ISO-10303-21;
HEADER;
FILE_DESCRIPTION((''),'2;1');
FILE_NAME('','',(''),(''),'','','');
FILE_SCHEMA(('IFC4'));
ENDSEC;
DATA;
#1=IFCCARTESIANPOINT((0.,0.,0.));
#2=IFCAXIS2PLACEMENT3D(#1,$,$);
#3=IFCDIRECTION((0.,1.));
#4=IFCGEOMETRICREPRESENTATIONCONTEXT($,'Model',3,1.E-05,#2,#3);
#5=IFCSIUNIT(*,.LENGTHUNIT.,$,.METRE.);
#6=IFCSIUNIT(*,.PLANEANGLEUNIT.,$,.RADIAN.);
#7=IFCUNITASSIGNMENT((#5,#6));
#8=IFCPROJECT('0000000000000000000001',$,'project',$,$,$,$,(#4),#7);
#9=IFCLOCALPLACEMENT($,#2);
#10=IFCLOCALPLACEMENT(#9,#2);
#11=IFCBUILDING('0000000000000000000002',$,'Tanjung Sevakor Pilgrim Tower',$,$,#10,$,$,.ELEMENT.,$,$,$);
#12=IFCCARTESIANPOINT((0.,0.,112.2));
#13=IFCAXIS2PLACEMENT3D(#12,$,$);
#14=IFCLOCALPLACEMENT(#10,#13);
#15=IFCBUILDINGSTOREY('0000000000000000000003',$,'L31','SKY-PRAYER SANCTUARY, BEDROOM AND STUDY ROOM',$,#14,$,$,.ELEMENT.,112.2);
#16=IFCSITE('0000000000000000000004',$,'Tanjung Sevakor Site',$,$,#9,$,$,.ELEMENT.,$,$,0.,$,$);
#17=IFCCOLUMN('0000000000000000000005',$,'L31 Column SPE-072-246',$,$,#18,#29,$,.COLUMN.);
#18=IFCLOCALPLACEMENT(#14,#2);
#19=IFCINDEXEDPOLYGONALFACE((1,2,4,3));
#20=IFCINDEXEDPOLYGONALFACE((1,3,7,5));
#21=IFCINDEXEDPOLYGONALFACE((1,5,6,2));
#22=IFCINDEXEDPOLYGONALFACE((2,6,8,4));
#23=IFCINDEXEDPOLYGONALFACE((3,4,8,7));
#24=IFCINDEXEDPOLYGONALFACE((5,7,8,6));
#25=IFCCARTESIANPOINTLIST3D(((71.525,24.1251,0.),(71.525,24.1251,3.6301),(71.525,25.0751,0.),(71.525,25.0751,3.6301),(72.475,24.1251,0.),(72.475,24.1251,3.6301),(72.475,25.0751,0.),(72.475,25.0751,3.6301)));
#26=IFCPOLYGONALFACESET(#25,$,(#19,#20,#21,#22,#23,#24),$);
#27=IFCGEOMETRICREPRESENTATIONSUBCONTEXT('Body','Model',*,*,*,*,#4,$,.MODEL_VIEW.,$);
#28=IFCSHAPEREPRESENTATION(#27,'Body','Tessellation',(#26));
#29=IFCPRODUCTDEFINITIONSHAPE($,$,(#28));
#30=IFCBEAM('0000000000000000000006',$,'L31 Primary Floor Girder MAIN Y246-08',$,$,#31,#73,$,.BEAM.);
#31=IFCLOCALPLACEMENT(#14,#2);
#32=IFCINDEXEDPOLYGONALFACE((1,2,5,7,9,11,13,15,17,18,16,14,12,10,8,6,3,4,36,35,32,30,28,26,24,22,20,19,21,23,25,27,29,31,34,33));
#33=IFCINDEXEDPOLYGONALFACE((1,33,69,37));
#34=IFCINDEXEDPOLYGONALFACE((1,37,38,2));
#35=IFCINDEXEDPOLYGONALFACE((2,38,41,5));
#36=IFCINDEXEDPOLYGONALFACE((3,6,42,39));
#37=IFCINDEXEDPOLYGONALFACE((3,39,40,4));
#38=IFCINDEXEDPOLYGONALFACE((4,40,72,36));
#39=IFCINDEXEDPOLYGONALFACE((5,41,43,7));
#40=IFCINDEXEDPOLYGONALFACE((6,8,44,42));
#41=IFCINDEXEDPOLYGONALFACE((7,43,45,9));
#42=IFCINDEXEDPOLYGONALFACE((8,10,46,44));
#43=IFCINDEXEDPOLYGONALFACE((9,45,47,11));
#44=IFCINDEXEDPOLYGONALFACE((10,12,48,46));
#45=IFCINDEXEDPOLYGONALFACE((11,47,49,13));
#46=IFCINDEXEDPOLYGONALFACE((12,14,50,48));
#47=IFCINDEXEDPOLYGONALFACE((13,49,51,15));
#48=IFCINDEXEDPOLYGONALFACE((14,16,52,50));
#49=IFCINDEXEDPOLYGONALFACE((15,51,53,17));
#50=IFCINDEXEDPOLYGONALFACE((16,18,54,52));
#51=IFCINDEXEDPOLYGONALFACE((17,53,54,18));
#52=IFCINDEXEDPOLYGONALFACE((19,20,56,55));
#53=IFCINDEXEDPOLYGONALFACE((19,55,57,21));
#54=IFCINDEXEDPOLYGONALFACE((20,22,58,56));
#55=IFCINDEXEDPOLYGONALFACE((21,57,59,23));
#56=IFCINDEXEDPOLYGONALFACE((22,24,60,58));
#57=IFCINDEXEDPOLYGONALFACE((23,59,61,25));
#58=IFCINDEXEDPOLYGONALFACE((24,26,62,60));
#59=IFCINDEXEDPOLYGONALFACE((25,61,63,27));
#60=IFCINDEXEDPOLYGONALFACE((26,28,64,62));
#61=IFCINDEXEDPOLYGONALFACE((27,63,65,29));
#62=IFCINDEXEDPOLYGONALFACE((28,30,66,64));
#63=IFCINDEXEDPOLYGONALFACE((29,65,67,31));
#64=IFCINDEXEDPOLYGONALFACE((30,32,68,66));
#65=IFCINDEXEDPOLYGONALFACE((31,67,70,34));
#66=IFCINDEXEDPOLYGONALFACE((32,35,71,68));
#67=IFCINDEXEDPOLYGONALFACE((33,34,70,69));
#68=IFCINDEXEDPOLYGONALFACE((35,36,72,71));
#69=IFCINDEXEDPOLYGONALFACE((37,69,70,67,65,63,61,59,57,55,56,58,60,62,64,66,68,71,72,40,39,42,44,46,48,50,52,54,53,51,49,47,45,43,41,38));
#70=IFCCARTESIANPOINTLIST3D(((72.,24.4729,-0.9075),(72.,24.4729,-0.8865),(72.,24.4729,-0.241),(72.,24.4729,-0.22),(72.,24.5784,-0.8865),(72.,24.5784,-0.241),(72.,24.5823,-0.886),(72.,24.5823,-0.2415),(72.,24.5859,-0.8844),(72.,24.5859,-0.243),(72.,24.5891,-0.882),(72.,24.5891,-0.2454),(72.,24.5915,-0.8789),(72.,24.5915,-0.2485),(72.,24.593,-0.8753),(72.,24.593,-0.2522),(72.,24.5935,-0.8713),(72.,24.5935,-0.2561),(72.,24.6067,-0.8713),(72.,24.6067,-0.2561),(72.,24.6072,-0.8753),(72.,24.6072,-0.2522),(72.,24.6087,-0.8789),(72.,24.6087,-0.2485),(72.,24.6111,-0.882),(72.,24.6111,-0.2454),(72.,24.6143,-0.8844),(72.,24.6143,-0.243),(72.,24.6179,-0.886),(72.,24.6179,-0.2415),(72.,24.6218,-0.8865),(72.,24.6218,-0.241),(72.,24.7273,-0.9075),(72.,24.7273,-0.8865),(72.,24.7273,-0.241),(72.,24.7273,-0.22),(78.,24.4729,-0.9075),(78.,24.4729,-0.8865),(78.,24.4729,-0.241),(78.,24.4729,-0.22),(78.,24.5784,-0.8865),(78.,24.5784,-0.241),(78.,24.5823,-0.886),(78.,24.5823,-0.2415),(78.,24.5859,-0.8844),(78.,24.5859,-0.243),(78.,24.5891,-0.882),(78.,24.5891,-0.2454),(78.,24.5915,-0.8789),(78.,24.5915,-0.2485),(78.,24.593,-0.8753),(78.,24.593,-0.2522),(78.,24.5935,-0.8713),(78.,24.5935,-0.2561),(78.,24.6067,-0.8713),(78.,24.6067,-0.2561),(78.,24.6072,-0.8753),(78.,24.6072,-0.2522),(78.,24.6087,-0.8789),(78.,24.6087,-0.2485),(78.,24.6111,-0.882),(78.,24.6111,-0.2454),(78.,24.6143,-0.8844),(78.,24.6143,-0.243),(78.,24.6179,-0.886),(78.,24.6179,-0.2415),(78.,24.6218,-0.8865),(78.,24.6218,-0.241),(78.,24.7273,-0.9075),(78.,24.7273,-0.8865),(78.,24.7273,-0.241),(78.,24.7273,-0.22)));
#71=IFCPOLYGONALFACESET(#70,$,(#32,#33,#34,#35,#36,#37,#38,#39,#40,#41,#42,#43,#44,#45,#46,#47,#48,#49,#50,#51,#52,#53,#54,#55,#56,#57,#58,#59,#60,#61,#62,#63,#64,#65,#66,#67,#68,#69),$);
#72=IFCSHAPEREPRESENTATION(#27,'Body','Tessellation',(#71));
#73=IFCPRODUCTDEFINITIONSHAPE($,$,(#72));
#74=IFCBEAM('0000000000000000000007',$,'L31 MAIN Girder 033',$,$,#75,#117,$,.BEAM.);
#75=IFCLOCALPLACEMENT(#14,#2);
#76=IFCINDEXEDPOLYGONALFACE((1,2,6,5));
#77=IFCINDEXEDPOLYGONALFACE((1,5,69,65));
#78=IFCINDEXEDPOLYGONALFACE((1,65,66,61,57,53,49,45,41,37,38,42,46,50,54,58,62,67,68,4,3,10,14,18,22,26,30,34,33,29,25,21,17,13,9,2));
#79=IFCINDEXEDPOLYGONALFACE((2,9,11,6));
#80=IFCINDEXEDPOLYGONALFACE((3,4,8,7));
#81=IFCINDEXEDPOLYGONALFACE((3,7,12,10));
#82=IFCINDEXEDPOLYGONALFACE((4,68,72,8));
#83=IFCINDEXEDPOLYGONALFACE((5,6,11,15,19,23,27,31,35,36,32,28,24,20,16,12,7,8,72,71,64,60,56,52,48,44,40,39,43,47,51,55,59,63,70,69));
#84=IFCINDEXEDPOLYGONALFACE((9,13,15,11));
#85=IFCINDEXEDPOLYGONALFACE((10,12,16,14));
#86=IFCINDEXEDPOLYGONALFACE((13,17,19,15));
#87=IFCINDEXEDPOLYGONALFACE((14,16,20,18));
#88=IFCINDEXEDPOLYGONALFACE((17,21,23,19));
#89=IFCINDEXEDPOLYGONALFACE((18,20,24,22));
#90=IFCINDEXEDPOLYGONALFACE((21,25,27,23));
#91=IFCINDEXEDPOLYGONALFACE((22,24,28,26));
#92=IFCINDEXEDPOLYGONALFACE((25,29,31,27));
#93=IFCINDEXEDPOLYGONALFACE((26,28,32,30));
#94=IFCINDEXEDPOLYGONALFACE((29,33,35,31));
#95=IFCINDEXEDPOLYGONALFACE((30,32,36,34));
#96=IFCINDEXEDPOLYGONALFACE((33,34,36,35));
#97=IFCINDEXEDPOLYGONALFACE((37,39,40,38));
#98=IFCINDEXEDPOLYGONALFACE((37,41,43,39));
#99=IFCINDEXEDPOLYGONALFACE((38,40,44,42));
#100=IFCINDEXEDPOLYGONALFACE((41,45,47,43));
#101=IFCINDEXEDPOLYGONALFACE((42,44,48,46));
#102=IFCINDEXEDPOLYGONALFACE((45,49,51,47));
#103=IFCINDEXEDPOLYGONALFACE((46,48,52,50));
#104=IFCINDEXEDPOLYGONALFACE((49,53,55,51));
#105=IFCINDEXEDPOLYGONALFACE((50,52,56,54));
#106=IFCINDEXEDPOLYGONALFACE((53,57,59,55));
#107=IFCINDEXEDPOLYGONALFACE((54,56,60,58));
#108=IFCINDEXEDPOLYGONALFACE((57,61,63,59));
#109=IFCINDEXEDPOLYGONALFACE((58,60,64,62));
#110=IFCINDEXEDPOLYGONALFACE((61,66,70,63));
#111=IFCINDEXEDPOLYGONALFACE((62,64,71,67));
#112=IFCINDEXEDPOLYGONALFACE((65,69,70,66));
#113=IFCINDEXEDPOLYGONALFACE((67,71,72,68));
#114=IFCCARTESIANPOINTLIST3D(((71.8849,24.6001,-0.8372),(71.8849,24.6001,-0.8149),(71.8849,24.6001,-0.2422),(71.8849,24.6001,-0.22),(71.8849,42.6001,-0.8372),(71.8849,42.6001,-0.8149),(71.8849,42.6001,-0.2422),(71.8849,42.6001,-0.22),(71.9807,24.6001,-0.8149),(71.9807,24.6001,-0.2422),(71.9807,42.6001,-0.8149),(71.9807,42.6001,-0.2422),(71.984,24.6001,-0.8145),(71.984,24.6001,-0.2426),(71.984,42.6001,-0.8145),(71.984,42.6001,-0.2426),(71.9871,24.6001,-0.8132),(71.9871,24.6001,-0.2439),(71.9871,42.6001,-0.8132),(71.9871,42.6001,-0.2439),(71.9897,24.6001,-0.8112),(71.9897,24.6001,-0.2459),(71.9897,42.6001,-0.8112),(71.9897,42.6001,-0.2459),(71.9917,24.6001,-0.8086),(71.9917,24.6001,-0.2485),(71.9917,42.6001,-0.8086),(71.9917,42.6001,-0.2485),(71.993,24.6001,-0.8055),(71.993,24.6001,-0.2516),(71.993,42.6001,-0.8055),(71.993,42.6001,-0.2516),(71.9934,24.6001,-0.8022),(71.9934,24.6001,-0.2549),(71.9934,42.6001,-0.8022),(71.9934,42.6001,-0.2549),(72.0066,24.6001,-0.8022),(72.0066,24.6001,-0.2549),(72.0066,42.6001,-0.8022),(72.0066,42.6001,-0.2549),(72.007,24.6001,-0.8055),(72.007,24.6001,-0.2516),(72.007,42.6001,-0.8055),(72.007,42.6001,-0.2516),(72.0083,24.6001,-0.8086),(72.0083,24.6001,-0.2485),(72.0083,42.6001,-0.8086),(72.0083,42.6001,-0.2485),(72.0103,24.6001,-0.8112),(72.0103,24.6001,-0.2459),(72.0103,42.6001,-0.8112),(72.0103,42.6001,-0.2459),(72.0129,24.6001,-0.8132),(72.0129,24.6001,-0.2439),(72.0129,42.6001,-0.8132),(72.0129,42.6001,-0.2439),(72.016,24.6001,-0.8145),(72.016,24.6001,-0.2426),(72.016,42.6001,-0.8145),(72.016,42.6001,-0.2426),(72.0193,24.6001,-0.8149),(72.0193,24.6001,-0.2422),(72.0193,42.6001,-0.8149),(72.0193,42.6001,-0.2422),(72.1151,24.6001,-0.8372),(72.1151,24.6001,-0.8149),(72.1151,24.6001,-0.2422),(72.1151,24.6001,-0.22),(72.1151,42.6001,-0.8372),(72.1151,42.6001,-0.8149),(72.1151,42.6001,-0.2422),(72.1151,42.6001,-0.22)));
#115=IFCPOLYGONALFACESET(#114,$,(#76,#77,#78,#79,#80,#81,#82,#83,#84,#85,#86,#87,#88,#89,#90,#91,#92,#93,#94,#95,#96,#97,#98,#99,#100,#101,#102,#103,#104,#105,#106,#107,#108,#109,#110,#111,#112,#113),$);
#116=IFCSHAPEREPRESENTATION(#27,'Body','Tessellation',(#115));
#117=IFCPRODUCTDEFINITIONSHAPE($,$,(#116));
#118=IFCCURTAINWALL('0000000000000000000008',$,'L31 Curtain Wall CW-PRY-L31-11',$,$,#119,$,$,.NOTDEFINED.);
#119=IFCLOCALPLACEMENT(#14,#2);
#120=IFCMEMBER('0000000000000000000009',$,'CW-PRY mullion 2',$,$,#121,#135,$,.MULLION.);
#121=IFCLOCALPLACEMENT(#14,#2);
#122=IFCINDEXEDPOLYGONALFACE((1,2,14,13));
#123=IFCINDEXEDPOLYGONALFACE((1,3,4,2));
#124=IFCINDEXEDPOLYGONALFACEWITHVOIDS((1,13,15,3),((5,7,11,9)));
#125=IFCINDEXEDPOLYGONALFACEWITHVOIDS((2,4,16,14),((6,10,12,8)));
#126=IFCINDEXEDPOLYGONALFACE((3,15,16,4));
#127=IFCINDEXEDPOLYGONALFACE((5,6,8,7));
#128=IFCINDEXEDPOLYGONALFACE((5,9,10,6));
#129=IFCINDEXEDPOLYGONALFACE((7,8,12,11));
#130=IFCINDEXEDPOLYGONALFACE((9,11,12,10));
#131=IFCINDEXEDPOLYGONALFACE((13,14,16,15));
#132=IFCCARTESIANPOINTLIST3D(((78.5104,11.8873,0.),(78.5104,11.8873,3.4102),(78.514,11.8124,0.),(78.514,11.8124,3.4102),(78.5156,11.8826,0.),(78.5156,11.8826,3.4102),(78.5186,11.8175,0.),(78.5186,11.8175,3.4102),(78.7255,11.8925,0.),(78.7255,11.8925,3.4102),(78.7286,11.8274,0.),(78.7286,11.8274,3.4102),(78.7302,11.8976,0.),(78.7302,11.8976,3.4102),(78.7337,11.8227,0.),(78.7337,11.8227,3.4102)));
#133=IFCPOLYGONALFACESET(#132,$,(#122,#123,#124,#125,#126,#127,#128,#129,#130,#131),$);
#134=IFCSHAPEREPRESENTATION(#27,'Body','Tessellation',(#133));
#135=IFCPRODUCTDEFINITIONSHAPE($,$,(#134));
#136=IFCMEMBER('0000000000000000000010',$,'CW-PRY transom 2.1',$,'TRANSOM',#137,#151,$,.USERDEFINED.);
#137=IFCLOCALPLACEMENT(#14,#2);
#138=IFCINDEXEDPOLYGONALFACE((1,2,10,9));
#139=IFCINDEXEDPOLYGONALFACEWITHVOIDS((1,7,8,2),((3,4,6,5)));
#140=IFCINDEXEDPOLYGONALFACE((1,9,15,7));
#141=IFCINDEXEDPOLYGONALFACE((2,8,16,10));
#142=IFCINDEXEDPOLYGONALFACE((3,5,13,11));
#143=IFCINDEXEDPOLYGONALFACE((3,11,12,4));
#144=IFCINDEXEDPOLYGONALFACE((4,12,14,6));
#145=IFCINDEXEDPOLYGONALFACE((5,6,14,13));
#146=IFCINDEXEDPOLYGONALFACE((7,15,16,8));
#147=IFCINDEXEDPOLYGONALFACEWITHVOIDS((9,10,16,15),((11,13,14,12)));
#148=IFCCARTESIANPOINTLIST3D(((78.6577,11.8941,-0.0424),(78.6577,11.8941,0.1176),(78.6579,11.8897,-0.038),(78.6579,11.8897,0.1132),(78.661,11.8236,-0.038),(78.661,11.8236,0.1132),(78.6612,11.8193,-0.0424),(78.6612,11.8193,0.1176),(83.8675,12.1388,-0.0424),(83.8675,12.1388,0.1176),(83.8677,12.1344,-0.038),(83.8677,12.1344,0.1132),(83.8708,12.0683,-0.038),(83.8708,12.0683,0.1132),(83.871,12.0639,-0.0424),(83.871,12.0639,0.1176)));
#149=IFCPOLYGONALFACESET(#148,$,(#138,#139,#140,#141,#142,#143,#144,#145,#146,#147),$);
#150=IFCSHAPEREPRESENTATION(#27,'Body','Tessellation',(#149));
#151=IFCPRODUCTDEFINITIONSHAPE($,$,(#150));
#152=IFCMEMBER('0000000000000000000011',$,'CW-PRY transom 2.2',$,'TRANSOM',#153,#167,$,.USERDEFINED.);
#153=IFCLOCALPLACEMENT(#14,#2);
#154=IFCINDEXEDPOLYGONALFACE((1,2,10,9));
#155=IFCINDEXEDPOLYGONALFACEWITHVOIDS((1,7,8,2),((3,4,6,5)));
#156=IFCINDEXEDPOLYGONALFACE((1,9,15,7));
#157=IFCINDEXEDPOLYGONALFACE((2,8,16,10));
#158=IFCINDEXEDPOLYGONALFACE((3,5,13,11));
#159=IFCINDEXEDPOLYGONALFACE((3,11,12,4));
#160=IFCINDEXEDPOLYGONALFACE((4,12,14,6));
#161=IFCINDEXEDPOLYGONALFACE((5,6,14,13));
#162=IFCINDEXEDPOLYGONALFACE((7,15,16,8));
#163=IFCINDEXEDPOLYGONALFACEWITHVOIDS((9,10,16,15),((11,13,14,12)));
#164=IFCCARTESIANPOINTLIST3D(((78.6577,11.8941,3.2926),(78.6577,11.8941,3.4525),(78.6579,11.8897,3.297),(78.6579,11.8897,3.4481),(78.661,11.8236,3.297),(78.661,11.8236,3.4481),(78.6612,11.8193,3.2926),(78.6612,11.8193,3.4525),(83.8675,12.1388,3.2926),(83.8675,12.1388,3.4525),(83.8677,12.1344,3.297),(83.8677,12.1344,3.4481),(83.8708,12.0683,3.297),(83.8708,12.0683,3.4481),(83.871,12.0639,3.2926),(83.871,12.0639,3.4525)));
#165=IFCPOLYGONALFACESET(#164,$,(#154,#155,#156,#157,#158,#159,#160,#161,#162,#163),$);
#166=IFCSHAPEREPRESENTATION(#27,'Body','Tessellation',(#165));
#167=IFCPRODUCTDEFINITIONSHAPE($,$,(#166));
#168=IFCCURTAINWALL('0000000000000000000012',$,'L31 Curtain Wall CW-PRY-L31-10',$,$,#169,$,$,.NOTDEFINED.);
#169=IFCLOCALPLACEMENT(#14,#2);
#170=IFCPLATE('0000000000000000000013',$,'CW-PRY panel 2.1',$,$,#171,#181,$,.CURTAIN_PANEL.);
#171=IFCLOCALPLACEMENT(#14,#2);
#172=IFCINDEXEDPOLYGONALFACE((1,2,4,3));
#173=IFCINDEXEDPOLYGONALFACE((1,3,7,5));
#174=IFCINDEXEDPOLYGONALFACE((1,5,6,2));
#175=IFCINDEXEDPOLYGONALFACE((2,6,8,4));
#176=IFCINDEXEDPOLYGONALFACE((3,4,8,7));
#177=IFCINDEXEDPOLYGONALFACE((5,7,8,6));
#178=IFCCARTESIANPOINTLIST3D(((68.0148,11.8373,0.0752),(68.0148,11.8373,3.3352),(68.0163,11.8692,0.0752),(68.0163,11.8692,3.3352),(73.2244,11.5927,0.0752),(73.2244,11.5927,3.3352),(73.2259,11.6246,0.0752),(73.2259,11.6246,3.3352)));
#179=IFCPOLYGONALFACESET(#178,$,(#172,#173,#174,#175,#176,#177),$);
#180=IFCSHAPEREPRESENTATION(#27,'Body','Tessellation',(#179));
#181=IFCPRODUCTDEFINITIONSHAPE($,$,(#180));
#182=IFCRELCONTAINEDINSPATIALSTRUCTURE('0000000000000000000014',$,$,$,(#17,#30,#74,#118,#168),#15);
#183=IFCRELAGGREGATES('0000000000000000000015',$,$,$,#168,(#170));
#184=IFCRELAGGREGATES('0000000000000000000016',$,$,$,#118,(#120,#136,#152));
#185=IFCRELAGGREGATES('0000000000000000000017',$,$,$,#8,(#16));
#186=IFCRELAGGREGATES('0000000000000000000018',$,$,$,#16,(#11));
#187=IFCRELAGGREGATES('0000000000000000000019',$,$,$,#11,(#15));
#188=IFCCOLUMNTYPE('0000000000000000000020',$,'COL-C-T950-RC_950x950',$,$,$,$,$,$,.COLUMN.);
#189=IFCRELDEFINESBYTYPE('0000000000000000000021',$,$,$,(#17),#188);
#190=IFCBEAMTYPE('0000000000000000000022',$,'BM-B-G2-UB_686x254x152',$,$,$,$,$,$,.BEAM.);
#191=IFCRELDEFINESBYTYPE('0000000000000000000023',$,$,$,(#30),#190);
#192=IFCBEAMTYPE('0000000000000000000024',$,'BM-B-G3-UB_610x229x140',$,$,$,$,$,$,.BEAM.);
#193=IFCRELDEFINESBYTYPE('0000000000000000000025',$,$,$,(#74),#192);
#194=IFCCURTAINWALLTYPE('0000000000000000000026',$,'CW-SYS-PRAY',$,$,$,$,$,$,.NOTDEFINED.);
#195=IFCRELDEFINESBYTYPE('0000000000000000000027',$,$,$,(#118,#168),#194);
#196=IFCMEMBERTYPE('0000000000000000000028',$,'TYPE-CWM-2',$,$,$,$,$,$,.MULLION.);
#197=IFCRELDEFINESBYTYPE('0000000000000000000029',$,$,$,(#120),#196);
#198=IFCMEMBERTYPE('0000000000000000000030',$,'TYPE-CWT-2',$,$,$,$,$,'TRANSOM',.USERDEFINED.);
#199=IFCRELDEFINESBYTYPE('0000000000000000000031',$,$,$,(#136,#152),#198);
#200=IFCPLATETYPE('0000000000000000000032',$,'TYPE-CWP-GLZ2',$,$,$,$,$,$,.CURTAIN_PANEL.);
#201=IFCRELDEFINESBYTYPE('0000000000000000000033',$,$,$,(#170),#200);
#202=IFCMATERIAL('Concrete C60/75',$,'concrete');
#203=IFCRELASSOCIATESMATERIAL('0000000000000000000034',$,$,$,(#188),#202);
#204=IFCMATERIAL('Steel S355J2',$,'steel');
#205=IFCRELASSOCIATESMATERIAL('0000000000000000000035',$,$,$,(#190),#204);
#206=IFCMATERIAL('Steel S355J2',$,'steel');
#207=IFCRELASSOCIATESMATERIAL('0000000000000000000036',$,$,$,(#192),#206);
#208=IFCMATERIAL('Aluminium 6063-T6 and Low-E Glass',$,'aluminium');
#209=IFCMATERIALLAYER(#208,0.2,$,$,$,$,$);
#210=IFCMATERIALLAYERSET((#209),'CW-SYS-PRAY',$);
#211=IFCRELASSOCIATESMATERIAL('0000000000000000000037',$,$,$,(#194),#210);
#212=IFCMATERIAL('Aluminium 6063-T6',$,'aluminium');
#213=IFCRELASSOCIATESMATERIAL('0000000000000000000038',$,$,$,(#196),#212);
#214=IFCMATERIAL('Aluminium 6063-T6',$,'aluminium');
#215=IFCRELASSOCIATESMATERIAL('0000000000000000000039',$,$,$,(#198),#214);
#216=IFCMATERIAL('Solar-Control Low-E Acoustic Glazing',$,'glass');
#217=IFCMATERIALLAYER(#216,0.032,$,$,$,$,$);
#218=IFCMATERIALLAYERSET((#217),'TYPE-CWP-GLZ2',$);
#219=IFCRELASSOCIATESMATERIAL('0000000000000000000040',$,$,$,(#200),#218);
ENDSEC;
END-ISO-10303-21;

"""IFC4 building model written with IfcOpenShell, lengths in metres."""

from ifc_helpers import new_model, si_unit, direction, frame, origin, origin_2d, place, context, subcontext, project, spatial, rectangle, hollow_rectangle, i_section, extrude, material, layer, layer_set, material_profile, profile_set, type_object, element, aggregate, save


model = new_model("IFC4")

# Units and contexts
model_context = context("Model", 3, precision=1e-05, world=origin(), true_north=direction((0.0, 1.0)))
body_context = subcontext(model_context, "Body", "Model", "MODEL_VIEW")
ifc_project = project(units=[si_unit("LENGTHUNIT", "METRE"), si_unit("PLANEANGLEUNIT", "RADIAN")], contexts=[model_context])

# Site, building, storey
site_placement = place(None, origin())
site = spatial("IfcSite", under=ifc_project, at=site_placement, Name="Tanjung Sevakor Site", CompositionType="ELEMENT", RefElevation=0.0)
building_placement = place(site_placement, origin())
building = spatial("IfcBuilding", under=site, at=building_placement, Name="Tanjung Sevakor Pilgrim Tower", CompositionType="ELEMENT")
storey_placement = place(building_placement, frame((0.0, 0.0, 112.2)))
storey = spatial("IfcBuildingStorey", under=building, at=storey_placement, Name="L31", Description="SKY-PRAYER SANCTUARY, BEDROOM AND STUDY ROOM", CompositionType="ELEMENT", Elevation=112.2)

# Column
ifc_material_1 = material(Name="Concrete C60/75", Category="concrete")
ifc_material_profile_1 = material_profile(ifc_material_1, rectangle(XDim=0.95, YDim=0.95, at=origin_2d()))
ifc_profile_set_1 = profile_set([ifc_material_profile_1], Name="Concrete C60/75")
column_type = type_object("IfcColumnType", Name="COL-C-T950-RC_950x950", PredefinedType="COLUMN", material=ifc_profile_set_1)
column_placement = place(storey_placement, frame((72.0, 24.6001, 0.0), z_axis=(0.0, 0.0, 1.0), x_axis=(1.0, 0.0, 0.0)))
element("IfcColumn", 1, at=column_placement, inside=storey, type_object=column_type, Name="L31 Column SPE-072-246", PredefinedType="COLUMN", context=body_context, shape_type="SweptSolid", body=[
    extrude(rectangle(XDim=0.95, YDim=0.95, at=origin_2d()), origin(), (0.0, 0.0, 1.0), 3.6301),
])

# Beams
ifc_material_2 = material(Name="Steel S355J2", Category="steel")
ifc_material_profile_2 = material_profile(ifc_material_2, i_section(OverallWidth=0.2544, OverallDepth=0.6875, WebThickness=0.0132, FlangeThickness=0.021, FilletRadius=0.0151, at=origin_2d()))
ifc_profile_set_2 = profile_set([ifc_material_profile_2], Name="Steel S355J2")
beam_type_1 = type_object("IfcBeamType", Name="BM-B-G2-UB_686x254x152", PredefinedType="BEAM", material=ifc_profile_set_2)
beam_1_placement = place(storey_placement, frame((72.0, 24.6001, -0.5637), z_axis=(1.0, 0.0, 0.0), x_axis=(0.0, 1.0, 0.0)))
element("IfcBeam", 2, at=beam_1_placement, inside=storey, type_object=beam_type_1, Name="L31 Primary Floor Girder MAIN Y246-08", PredefinedType="BEAM", context=body_context, shape_type="SweptSolid", body=[
    extrude(i_section(OverallWidth=0.2544, OverallDepth=0.6875, WebThickness=0.0132, FlangeThickness=0.021, FilletRadius=0.0151, at=origin_2d()), origin(), (0.0, 0.0, 1.0), 6.0),
])
ifc_material_3 = material(Name="Steel S355J2", Category="steel")
ifc_material_profile_3 = material_profile(ifc_material_3, i_section(OverallWidth=0.2302, OverallDepth=0.6172, WebThickness=0.0132, FlangeThickness=0.0222, FilletRadius=0.0127, at=origin_2d()))
ifc_profile_set_3 = profile_set([ifc_material_profile_3], Name="Steel S355J2")
beam_type_2 = type_object("IfcBeamType", Name="BM-B-G3-UB_610x229x140", PredefinedType="BEAM", material=ifc_profile_set_3)
beam_2_placement = place(storey_placement, frame((72.0, 24.6001, -0.5286), z_axis=(0.0, 1.0, 0.0), x_axis=(-1.0, 0.0, 0.0)))
element("IfcBeam", 3, at=beam_2_placement, inside=storey, type_object=beam_type_2, Name="L31 MAIN Girder 033", PredefinedType="BEAM", context=body_context, shape_type="SweptSolid", body=[
    extrude(i_section(OverallWidth=0.2302, OverallDepth=0.6172, WebThickness=0.0132, FlangeThickness=0.0222, FilletRadius=0.0127, at=origin_2d()), origin(), (0.0, 0.0, 1.0), 18.0),
])

# Curtain wall, members
ifc_material_4 = material(Name="Aluminium 6063-T6 and Low-E Glass", Category="aluminium")
ifc_layer_1 = layer(ifc_material_4, 0.2)
ifc_layer_set_1 = layer_set([ifc_layer_1], Name="CW-SYS-PRAY")
curtain_wall_type = type_object("IfcCurtainWallType", Name="CW-SYS-PRAY", PredefinedType="NOTDEFINED", material=ifc_layer_set_1)
curtain_wall_1_placement = place(storey_placement, origin())
curtain_wall_1 = element("IfcCurtainWall", 4, at=curtain_wall_1_placement, inside=storey, type_object=curtain_wall_type, Name="L31 Curtain Wall CW-PRY-L31-11", PredefinedType="NOTDEFINED")
ifc_material_5 = material(Name="Aluminium 6063-T6", Category="aluminium")
ifc_material_profile_4 = material_profile(ifc_material_5, hollow_rectangle(XDim=0.075, YDim=0.22, WallThickness=0.0049, at=origin_2d()))
ifc_profile_set_4 = profile_set([ifc_material_profile_4], Name="Aluminium 6063-T6")
member_type_1 = type_object("IfcMemberType", Name="TYPE-CWM-2", PredefinedType="MULLION", material=ifc_profile_set_4)
member_1_placement = place(storey_placement, frame((78.6221, 11.855, 0.0), z_axis=(0.0, 0.0, 1.0), x_axis=(-0.046904, 0.998899, 0.0)))
member_1 = element("IfcMember", 5, at=member_1_placement, type_object=member_type_1, Name="CW-PRY mullion 2", PredefinedType="MULLION", context=body_context, shape_type="SweptSolid", body=[
    extrude(hollow_rectangle(XDim=0.075, YDim=0.22, WallThickness=0.0049, at=origin_2d()), origin(), (0.0, 0.0, 1.0), 3.4102),
])
ifc_material_6 = material(Name="Aluminium 6063-T6", Category="aluminium")
ifc_material_profile_5 = material_profile(ifc_material_6, hollow_rectangle(XDim=0.075, YDim=0.1599, WallThickness=0.0044, at=origin_2d()))
ifc_profile_set_5 = profile_set([ifc_material_profile_5], Name="Aluminium 6063-T6")
member_type_2 = type_object("IfcMemberType", Name="TYPE-CWT-2", ElementType="TRANSOM", PredefinedType="USERDEFINED", material=ifc_profile_set_5)
member_2_placement = place(storey_placement, frame((78.6594, 11.8567, 0.0376), z_axis=(0.998899, 0.046905, 0.0), x_axis=(-0.046905, 0.998899, 0.0)))
member_2 = element("IfcMember", 6, at=member_2_placement, type_object=member_type_2, Name="CW-PRY transom 2.1", ObjectType="TRANSOM", PredefinedType="USERDEFINED", context=body_context, shape_type="SweptSolid", body=[
    extrude(hollow_rectangle(XDim=0.075, YDim=0.1599, WallThickness=0.0044, at=origin_2d()), origin(), (0.0, 0.0, 1.0), 5.2156),
])
member_3_placement = place(storey_placement, frame((78.6594, 11.8567, 3.3726), z_axis=(0.998899, 0.046905, 0.0), x_axis=(-0.046905, 0.998899, 0.0)))
member_3 = element("IfcMember", 7, at=member_3_placement, type_object=member_type_2, Name="CW-PRY transom 2.2", ObjectType="TRANSOM", PredefinedType="USERDEFINED", context=body_context, shape_type="SweptSolid", body=[
    extrude(hollow_rectangle(XDim=0.075, YDim=0.1599, WallThickness=0.0044, at=origin_2d()), origin(), (0.0, 0.0, 1.0), 5.2156),
])

# Curtain wall, plate
curtain_wall_2_placement = place(storey_placement, origin())
curtain_wall_2 = element("IfcCurtainWall", 8, at=curtain_wall_2_placement, inside=storey, type_object=curtain_wall_type, Name="L31 Curtain Wall CW-PRY-L31-10", PredefinedType="NOTDEFINED")
ifc_material_7 = material(Name="Solar-Control Low-E Acoustic Glazing", Category="glass")
ifc_layer_2 = layer(ifc_material_7, 0.032)
ifc_layer_set_2 = layer_set([ifc_layer_2], Name="TYPE-CWP-GLZ2")
plate_type = type_object("IfcPlateType", Name="TYPE-CWP-GLZ2", PredefinedType="CURTAIN_PANEL", material=ifc_layer_set_2)
plate_1_placement = place(storey_placement, frame((70.6204, 11.731, 0.0752), z_axis=(0.0, 0.0, 1.0), x_axis=(0.998899, -0.046904, 0.0)))
plate_1 = element("IfcPlate", 9, at=plate_1_placement, type_object=plate_type, Name="CW-PRY panel 2.1", PredefinedType="CURTAIN_PANEL", context=body_context, shape_type="SweptSolid", body=[
    extrude(rectangle(XDim=5.2153, YDim=0.032, at=origin_2d()), origin(), (0.0, 0.0, 1.0), 3.26),
])
aggregate(curtain_wall_2, [plate_1])

aggregate(curtain_wall_1, [member_1, member_2, member_3])

save(model, "model.ifc")
